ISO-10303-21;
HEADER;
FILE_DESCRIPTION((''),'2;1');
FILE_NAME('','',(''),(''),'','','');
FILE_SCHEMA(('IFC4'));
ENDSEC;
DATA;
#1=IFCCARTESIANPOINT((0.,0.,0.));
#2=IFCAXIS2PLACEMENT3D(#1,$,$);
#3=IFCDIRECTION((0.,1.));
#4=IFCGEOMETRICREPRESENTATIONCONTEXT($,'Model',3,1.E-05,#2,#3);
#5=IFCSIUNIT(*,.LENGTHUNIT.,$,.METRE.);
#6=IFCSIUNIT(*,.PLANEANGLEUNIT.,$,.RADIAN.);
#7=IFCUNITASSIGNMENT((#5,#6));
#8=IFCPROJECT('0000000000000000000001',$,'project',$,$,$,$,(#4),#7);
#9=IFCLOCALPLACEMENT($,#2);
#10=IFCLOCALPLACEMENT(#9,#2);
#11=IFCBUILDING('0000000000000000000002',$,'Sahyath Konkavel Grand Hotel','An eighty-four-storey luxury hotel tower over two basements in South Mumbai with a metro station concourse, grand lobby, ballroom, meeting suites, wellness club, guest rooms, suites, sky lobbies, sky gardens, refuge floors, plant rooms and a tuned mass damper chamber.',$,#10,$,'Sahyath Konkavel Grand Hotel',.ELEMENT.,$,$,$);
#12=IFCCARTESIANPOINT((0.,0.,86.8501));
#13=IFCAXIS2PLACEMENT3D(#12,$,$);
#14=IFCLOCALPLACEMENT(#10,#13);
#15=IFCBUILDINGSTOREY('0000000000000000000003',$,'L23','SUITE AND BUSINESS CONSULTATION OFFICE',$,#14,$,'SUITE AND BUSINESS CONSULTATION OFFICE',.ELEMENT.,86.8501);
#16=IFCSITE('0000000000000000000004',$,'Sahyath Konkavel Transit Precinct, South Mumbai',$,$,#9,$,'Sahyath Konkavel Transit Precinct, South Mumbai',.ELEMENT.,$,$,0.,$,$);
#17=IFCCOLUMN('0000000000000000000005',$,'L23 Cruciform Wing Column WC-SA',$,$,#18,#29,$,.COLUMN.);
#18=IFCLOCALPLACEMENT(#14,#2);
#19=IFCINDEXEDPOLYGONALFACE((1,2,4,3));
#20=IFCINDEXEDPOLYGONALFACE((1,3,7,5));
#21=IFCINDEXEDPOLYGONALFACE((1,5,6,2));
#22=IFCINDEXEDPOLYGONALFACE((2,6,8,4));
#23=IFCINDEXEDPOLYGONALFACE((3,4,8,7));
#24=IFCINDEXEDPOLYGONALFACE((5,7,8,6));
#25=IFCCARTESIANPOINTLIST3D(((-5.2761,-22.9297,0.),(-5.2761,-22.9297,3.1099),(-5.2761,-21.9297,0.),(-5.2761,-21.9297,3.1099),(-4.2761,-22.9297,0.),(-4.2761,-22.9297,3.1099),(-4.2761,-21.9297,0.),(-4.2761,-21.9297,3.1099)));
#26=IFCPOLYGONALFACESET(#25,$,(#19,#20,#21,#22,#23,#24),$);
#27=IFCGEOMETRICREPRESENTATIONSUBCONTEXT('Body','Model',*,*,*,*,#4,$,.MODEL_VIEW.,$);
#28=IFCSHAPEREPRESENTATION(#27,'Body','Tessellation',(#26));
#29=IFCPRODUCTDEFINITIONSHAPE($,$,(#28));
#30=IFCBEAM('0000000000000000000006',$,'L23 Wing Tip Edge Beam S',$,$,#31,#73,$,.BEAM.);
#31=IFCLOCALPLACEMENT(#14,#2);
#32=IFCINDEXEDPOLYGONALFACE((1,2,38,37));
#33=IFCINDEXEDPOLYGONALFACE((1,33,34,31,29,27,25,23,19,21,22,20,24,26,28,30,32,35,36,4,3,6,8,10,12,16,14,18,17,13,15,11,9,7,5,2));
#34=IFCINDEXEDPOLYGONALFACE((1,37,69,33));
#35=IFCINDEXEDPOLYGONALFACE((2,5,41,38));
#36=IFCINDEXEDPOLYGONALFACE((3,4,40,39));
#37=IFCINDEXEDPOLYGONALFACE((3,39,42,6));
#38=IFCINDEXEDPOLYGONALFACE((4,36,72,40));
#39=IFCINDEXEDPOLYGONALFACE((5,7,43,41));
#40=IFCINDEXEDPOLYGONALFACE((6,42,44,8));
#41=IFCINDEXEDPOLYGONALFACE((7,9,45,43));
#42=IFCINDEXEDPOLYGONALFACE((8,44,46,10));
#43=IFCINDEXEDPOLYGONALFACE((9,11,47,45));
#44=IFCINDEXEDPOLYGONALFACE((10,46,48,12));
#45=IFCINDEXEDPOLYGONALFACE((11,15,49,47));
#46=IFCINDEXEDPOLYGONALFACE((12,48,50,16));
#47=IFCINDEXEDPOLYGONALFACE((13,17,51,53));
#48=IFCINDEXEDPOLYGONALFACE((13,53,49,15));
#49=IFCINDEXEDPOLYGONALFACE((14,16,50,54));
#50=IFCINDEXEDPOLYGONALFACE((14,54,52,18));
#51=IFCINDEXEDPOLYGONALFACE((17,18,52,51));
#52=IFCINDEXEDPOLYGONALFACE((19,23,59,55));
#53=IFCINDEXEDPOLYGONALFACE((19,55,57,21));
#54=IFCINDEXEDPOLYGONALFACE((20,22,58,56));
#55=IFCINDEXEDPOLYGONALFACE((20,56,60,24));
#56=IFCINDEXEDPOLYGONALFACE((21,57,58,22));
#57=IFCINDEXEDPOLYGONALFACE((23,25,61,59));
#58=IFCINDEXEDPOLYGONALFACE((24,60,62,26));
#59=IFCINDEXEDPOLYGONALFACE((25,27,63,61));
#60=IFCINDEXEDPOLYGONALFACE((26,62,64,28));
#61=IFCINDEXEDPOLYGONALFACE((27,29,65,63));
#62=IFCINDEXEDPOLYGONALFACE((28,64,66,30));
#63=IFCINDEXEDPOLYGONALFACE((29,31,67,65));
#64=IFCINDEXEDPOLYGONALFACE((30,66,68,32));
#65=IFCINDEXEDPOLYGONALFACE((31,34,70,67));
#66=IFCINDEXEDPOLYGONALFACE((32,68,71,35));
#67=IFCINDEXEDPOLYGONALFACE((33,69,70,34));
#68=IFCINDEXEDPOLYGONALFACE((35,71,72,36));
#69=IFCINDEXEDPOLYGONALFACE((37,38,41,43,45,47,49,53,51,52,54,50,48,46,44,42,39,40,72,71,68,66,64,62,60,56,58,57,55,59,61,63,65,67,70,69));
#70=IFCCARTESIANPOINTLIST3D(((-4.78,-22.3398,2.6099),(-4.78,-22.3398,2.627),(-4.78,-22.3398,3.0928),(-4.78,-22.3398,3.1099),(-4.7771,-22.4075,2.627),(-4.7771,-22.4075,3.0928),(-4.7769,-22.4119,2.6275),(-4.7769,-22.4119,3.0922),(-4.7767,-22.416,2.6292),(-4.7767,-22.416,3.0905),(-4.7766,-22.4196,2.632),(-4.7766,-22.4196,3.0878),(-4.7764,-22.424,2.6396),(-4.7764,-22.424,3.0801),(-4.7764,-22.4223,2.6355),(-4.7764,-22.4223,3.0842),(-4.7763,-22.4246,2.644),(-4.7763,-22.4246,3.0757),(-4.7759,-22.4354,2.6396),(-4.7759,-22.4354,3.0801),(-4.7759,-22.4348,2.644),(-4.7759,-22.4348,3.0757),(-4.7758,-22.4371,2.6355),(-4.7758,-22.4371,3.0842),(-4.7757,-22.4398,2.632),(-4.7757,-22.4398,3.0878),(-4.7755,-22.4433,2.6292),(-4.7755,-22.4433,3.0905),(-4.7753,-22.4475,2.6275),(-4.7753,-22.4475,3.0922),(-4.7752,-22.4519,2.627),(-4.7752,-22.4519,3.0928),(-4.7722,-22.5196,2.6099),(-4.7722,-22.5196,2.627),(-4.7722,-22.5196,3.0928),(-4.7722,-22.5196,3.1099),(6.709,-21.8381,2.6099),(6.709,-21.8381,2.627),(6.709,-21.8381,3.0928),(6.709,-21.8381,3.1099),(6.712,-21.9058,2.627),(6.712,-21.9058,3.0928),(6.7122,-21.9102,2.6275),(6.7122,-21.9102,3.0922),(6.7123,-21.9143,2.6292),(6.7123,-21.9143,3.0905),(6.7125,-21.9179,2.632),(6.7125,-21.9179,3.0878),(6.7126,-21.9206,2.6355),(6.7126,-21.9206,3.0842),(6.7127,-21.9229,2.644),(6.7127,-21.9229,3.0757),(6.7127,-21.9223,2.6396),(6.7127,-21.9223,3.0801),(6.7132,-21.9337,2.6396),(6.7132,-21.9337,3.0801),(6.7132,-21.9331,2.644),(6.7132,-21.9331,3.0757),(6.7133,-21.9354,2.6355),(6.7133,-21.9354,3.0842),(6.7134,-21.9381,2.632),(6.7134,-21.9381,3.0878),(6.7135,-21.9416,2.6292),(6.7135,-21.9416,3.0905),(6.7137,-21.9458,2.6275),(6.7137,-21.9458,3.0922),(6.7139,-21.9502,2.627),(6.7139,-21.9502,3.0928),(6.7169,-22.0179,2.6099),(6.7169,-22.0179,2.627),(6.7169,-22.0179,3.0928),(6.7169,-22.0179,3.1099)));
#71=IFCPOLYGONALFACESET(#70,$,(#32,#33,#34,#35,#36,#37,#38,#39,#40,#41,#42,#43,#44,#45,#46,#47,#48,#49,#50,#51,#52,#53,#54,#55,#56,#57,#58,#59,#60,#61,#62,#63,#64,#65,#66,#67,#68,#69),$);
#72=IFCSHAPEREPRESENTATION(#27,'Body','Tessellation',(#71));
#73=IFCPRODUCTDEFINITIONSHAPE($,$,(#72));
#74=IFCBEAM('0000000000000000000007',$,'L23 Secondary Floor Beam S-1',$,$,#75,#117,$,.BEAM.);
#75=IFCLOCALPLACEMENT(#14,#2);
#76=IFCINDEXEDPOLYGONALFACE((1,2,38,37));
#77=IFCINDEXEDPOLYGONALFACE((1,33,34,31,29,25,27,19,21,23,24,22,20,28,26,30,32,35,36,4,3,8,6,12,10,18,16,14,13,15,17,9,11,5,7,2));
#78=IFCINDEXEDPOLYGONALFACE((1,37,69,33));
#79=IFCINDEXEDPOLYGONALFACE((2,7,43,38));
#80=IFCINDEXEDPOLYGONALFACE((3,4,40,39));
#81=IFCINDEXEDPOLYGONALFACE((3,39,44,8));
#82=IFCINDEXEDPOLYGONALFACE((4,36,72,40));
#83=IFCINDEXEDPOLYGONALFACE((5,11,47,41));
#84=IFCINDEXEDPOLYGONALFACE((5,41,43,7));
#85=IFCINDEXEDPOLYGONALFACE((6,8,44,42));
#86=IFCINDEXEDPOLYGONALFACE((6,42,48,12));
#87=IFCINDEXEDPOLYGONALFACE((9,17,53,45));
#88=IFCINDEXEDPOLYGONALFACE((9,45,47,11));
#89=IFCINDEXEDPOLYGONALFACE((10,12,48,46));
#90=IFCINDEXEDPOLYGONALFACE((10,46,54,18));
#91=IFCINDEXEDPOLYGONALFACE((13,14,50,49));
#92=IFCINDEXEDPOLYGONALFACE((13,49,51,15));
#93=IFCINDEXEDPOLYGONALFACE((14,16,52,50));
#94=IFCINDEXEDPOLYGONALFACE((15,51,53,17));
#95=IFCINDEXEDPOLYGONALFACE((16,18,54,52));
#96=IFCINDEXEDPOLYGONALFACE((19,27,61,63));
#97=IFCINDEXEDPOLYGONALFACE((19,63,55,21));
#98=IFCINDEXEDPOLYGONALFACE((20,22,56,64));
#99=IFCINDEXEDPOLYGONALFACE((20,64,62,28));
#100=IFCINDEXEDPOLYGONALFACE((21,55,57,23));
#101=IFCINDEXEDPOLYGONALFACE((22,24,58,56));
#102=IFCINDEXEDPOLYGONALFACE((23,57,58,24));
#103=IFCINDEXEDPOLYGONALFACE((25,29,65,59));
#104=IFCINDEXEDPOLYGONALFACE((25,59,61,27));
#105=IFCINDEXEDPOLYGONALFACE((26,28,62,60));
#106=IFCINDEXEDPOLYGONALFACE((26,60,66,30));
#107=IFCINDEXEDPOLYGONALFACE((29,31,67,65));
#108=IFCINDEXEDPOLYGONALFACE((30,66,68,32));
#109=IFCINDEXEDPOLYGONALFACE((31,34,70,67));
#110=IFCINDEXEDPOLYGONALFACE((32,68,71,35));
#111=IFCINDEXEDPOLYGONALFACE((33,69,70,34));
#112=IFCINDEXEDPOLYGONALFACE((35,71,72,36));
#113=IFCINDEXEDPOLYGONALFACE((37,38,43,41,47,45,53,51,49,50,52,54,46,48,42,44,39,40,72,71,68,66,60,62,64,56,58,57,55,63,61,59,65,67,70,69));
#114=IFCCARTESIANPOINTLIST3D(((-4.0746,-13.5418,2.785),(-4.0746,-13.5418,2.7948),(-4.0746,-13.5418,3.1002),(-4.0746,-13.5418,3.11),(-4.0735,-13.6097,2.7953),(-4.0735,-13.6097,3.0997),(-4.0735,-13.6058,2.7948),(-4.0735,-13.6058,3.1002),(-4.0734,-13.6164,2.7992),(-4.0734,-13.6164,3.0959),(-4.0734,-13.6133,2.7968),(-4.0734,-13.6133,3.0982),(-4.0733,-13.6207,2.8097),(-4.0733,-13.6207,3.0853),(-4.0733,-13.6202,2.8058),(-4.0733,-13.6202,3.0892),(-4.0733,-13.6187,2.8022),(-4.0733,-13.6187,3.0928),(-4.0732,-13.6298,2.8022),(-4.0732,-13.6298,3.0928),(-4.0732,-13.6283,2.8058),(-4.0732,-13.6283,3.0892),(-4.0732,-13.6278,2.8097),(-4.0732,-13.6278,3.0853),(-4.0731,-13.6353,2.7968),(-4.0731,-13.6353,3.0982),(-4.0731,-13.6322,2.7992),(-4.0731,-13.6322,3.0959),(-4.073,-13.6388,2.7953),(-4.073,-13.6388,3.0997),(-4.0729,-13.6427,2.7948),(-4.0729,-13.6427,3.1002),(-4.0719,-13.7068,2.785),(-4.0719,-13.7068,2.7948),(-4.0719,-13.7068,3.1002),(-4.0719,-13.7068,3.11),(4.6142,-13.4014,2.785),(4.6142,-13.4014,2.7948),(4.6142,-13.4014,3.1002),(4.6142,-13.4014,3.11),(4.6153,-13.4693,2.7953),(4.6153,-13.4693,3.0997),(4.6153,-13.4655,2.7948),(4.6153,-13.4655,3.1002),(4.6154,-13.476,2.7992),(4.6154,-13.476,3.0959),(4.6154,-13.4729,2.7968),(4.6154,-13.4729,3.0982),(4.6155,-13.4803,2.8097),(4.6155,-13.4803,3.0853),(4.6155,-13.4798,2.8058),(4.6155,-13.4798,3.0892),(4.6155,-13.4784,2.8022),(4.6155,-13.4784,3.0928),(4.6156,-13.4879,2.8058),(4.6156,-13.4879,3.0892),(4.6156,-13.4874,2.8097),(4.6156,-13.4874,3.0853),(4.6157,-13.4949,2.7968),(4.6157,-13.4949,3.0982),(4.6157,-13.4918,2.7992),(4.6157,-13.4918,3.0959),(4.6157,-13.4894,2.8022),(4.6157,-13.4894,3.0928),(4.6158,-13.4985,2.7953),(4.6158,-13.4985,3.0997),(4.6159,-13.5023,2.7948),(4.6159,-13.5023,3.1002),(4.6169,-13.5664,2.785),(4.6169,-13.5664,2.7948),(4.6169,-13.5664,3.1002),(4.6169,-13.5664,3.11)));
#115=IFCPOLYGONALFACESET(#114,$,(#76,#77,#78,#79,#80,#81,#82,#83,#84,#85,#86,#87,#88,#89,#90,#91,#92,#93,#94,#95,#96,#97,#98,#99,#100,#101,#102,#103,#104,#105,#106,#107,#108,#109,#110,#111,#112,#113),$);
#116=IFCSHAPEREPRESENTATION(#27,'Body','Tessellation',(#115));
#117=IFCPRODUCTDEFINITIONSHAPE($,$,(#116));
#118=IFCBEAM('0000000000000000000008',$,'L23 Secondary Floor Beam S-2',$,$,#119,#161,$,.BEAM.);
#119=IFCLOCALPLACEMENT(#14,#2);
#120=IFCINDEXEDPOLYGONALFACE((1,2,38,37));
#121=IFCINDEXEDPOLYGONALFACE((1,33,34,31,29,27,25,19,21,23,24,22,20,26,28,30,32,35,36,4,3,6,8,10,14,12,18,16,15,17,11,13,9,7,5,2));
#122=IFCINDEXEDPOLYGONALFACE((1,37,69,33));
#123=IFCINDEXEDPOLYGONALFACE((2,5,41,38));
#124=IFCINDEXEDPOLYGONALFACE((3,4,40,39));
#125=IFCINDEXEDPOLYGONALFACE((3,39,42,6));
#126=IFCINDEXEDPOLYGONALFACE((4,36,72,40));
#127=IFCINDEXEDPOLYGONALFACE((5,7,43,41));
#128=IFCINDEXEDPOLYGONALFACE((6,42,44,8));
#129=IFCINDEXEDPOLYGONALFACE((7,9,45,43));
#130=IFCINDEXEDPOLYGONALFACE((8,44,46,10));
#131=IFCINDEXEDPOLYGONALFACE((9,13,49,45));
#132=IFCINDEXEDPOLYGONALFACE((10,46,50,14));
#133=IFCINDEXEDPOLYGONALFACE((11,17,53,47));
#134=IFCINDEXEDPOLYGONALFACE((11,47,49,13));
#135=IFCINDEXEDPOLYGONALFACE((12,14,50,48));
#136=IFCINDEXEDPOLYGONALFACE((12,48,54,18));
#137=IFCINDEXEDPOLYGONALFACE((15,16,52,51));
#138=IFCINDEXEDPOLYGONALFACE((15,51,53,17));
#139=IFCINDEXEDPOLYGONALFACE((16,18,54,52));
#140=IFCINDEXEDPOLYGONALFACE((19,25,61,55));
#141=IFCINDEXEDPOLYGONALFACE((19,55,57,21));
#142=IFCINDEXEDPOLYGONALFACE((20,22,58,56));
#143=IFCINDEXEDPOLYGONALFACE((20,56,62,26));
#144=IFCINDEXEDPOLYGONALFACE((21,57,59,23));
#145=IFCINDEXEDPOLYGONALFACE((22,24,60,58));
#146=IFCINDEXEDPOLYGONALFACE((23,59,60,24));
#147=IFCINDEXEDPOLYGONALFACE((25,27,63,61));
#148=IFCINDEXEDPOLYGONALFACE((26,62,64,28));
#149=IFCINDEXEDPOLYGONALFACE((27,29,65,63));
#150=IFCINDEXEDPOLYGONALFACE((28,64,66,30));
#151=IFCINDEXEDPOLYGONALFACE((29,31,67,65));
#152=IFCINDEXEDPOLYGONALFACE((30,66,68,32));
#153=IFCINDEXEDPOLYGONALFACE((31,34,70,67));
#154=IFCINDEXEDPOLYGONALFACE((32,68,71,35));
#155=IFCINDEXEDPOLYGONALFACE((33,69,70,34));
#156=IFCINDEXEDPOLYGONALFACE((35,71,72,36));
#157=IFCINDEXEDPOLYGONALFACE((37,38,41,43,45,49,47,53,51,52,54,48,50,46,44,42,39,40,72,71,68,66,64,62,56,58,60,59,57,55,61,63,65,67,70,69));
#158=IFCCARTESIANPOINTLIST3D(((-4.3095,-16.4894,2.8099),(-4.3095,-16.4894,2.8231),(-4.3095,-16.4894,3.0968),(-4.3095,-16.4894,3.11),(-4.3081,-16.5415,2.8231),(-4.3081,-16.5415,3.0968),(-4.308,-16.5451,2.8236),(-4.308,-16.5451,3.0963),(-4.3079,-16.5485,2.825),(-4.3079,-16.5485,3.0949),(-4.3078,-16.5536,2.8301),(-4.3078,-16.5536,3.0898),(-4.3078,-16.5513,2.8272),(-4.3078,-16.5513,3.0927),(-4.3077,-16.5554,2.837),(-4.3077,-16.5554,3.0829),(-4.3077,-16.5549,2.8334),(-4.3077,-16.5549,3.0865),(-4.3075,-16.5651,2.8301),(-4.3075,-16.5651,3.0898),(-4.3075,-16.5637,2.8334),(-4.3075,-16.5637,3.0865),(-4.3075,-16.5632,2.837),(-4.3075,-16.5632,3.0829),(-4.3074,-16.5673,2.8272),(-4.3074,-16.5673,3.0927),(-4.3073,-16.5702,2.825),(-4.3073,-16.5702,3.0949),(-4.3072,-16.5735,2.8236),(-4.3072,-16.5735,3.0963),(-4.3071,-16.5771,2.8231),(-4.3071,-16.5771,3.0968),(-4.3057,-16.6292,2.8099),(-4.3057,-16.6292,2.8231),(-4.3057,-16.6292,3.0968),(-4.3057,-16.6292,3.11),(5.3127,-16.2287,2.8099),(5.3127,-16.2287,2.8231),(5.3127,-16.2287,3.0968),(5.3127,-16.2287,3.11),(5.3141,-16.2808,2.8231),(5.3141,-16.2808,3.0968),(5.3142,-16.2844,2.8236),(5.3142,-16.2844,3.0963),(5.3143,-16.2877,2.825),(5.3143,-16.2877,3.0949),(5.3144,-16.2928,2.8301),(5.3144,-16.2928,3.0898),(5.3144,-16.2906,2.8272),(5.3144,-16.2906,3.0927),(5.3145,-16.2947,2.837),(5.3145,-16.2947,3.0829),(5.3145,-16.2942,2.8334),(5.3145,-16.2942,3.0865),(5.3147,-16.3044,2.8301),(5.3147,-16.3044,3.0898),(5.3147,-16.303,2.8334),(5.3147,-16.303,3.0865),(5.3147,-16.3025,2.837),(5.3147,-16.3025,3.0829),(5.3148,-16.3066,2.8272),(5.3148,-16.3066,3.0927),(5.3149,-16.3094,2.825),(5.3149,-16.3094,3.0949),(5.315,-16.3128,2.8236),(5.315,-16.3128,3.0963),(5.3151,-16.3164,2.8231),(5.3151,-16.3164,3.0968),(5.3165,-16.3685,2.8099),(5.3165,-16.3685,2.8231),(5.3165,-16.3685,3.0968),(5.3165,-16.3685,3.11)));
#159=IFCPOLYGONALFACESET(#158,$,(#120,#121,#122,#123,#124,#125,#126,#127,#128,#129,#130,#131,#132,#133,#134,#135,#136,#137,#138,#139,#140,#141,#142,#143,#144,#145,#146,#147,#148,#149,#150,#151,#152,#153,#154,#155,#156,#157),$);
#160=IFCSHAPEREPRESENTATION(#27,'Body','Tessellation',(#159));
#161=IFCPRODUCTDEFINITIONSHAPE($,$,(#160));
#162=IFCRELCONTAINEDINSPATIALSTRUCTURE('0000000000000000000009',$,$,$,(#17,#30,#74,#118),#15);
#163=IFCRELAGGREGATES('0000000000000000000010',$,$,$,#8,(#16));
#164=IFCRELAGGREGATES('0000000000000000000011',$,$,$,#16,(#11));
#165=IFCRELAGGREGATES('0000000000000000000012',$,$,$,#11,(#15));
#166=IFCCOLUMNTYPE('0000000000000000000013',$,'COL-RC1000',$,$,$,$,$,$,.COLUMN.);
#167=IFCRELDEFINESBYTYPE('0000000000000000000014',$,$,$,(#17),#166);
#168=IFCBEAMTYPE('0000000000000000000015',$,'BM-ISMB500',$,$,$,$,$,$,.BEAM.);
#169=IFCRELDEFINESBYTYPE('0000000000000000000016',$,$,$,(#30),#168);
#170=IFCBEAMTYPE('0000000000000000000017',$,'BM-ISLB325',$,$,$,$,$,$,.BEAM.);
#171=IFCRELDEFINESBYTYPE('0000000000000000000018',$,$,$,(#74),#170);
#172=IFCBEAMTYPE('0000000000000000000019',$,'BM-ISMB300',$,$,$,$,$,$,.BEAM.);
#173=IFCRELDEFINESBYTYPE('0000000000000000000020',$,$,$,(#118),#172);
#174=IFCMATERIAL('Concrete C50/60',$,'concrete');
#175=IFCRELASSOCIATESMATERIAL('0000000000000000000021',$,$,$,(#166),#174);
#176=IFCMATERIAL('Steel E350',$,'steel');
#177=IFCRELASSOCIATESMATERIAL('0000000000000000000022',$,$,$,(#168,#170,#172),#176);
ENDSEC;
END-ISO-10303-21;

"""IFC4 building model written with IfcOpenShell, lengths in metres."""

from ifc_helpers import new_model, si_unit, direction, frame, origin, origin_2d, place, context, subcontext, project, spatial, rectangle, i_section, extrude, source, transform, mapped, material, material_profile, profile_set, type_object, element, save


model = new_model("IFC4")

# Units and contexts
model_context = context("Model", 3, precision=1e-05, world=origin(), true_north=direction((0.0, 1.0)))
body_context = subcontext(model_context, "Body", "Model", "MODEL_VIEW")
ifc_project = project(units=[si_unit("LENGTHUNIT", "METRE"), si_unit("PLANEANGLEUNIT", "RADIAN")], contexts=[model_context])

# Site, building, storey
site_placement = place(None, origin())
site = spatial("IfcSite", under=ifc_project, at=site_placement, Name="Sahyath Konkavel Transit Precinct, South Mumbai", LongName="Sahyath Konkavel Transit Precinct, South Mumbai", CompositionType="ELEMENT", RefElevation=0.0)
building_placement = place(site_placement, origin())
building = spatial("IfcBuilding", under=site, at=building_placement, Name="Sahyath Konkavel Grand Hotel", Description="An eighty-four-storey luxury hotel tower over two basements in South Mumbai with a metro station concourse, grand lobby, ballroom, meeting suites, wellness club, guest rooms, suites, sky lobbies, sky gardens, refuge floors, plant rooms and a tuned mass damper chamber.", LongName="Sahyath Konkavel Grand Hotel", CompositionType="ELEMENT")
storey_placement = place(building_placement, frame((0.0, 0.0, 86.8501)))
storey = spatial("IfcBuildingStorey", under=building, at=storey_placement, Name="L23", Description="SUITE AND BUSINESS CONSULTATION OFFICE", LongName="SUITE AND BUSINESS CONSULTATION OFFICE", CompositionType="ELEMENT", Elevation=86.8501)

# Column
ifc_material_1 = material(Name="Concrete C50/60", Category="concrete")
ifc_material_profile_1 = material_profile(ifc_material_1, rectangle(XDim=1.0, YDim=1.0, at=origin_2d()), Name="RC 1000x1000")
ifc_profile_set_1 = profile_set([ifc_material_profile_1], Name="Concrete C50/60")
column_type = type_object("IfcColumnType", Name="COL-RC1000", PredefinedType="COLUMN", material=ifc_profile_set_1)
shared_shape_1 = source(origin(), body_context, "Body", "SweptSolid", [
    extrude(rectangle(XDim=1.0, YDim=1.0, at=origin_2d()), origin(), (0.0, 0.0, 1.0), 3.1099),
])
column_placement = place(storey_placement, frame((-4.7761, -22.4297, 0.0), z_axis=(0.0, 0.0, 1.0), x_axis=(1.0, 0.0, 0.0)))
element("IfcColumn", 1, at=column_placement, inside=storey, type_object=column_type, Name="L23 Cruciform Wing Column WC-SA", PredefinedType="COLUMN", context=body_context, shape_type="MappedRepresentation", body=[
    mapped(shared_shape_1, transform((0.0, 0.0, 0.0), scale=1.0)),
])

# Beams
ifc_material_2 = material(Name="Steel E350", Category="steel")
ifc_material_profile_2 = material_profile(ifc_material_2, i_section(OverallWidth=0.1799, OverallDepth=0.5, WebThickness=0.0103, FlangeThickness=0.0171, FilletRadius=0.0171, at=origin_2d()), Name="ISMB 500")
ifc_profile_set_2 = profile_set([ifc_material_profile_2], Name="Steel E350")
beam_type_1 = type_object("IfcBeamType", Name="BM-ISMB500", PredefinedType="BEAM", material=ifc_profile_set_2)
shared_shape_2 = source(origin(), body_context, "Body", "SweptSolid", [
    extrude(i_section(OverallWidth=0.1799, OverallDepth=0.5, WebThickness=0.0103, FlangeThickness=0.0171, FilletRadius=0.0171, at=origin_2d()), origin(), (0.0, 0.0, 1.0), 11.5),
])
beam_1_placement = place(storey_placement, frame((-4.7761, -22.4297, 2.8599), z_axis=(0.999048, 0.043627, 0.0), x_axis=(-0.043627, 0.999048, 0.0)))
element("IfcBeam", 2, at=beam_1_placement, inside=storey, type_object=beam_type_1, Name="L23 Wing Tip Edge Beam S", PredefinedType="BEAM", context=body_context, shape_type="MappedRepresentation", body=[
    mapped(shared_shape_2, transform((0.0, 0.0, 0.0), scale=1.0)),
])
ifc_material_profile_3 = material_profile(ifc_material_2, i_section(OverallWidth=0.165, OverallDepth=0.325, WebThickness=0.0071, FlangeThickness=0.0098, FilletRadius=0.0149, at=origin_2d()), Name="ISLB 325")
ifc_profile_set_3 = profile_set([ifc_material_profile_3], Name="Steel E350")
beam_type_2 = type_object("IfcBeamType", Name="BM-ISLB325", PredefinedType="BEAM", material=ifc_profile_set_3)
shared_shape_3 = source(origin(), body_context, "Body", "SweptSolid", [
    extrude(i_section(OverallWidth=0.165, OverallDepth=0.325, WebThickness=0.0071, FlangeThickness=0.0098, FilletRadius=0.0149, at=origin_2d()), origin(), (0.0, 0.0, 1.0), 8.6899),
])
beam_2_placement = place(storey_placement, frame((-4.0732, -13.6243, 2.9475), z_axis=(0.99987, 0.016155, 0.0), x_axis=(-0.016155, 0.99987, 0.0)))
element("IfcBeam", 3, at=beam_2_placement, inside=storey, type_object=beam_type_2, Name="L23 Secondary Floor Beam S-1", PredefinedType="BEAM", context=body_context, shape_type="MappedRepresentation", body=[
    mapped(shared_shape_3, transform((0.0, 0.0, 0.0), scale=1.0)),
])
ifc_material_profile_4 = material_profile(ifc_material_2, i_section(OverallWidth=0.1399, OverallDepth=0.3, WebThickness=0.0078, FlangeThickness=0.0132, FilletRadius=0.0139, at=origin_2d()), Name="ISMB 300")
ifc_profile_set_4 = profile_set([ifc_material_profile_4], Name="Steel E350")
beam_type_3 = type_object("IfcBeamType", Name="BM-ISMB300", PredefinedType="BEAM", material=ifc_profile_set_4)
shared_shape_4 = source(origin(), body_context, "Body", "SweptSolid", [
    extrude(i_section(OverallWidth=0.1399, OverallDepth=0.3, WebThickness=0.0078, FlangeThickness=0.0132, FilletRadius=0.0139, at=origin_2d()), origin(), (0.0, 0.0, 1.0), 9.6257),
])
beam_3_placement = place(storey_placement, frame((-4.3076, -16.5593, 2.96), z_axis=(0.999633, 0.027088, 0.0), x_axis=(-0.027088, 0.999633, 0.0)))
element("IfcBeam", 4, at=beam_3_placement, inside=storey, type_object=beam_type_3, Name="L23 Secondary Floor Beam S-2", PredefinedType="BEAM", context=body_context, shape_type="MappedRepresentation", body=[
    mapped(shared_shape_4, transform((0.0, 0.0, 0.0), scale=1.0)),
])

save(model, "model.ifc")
